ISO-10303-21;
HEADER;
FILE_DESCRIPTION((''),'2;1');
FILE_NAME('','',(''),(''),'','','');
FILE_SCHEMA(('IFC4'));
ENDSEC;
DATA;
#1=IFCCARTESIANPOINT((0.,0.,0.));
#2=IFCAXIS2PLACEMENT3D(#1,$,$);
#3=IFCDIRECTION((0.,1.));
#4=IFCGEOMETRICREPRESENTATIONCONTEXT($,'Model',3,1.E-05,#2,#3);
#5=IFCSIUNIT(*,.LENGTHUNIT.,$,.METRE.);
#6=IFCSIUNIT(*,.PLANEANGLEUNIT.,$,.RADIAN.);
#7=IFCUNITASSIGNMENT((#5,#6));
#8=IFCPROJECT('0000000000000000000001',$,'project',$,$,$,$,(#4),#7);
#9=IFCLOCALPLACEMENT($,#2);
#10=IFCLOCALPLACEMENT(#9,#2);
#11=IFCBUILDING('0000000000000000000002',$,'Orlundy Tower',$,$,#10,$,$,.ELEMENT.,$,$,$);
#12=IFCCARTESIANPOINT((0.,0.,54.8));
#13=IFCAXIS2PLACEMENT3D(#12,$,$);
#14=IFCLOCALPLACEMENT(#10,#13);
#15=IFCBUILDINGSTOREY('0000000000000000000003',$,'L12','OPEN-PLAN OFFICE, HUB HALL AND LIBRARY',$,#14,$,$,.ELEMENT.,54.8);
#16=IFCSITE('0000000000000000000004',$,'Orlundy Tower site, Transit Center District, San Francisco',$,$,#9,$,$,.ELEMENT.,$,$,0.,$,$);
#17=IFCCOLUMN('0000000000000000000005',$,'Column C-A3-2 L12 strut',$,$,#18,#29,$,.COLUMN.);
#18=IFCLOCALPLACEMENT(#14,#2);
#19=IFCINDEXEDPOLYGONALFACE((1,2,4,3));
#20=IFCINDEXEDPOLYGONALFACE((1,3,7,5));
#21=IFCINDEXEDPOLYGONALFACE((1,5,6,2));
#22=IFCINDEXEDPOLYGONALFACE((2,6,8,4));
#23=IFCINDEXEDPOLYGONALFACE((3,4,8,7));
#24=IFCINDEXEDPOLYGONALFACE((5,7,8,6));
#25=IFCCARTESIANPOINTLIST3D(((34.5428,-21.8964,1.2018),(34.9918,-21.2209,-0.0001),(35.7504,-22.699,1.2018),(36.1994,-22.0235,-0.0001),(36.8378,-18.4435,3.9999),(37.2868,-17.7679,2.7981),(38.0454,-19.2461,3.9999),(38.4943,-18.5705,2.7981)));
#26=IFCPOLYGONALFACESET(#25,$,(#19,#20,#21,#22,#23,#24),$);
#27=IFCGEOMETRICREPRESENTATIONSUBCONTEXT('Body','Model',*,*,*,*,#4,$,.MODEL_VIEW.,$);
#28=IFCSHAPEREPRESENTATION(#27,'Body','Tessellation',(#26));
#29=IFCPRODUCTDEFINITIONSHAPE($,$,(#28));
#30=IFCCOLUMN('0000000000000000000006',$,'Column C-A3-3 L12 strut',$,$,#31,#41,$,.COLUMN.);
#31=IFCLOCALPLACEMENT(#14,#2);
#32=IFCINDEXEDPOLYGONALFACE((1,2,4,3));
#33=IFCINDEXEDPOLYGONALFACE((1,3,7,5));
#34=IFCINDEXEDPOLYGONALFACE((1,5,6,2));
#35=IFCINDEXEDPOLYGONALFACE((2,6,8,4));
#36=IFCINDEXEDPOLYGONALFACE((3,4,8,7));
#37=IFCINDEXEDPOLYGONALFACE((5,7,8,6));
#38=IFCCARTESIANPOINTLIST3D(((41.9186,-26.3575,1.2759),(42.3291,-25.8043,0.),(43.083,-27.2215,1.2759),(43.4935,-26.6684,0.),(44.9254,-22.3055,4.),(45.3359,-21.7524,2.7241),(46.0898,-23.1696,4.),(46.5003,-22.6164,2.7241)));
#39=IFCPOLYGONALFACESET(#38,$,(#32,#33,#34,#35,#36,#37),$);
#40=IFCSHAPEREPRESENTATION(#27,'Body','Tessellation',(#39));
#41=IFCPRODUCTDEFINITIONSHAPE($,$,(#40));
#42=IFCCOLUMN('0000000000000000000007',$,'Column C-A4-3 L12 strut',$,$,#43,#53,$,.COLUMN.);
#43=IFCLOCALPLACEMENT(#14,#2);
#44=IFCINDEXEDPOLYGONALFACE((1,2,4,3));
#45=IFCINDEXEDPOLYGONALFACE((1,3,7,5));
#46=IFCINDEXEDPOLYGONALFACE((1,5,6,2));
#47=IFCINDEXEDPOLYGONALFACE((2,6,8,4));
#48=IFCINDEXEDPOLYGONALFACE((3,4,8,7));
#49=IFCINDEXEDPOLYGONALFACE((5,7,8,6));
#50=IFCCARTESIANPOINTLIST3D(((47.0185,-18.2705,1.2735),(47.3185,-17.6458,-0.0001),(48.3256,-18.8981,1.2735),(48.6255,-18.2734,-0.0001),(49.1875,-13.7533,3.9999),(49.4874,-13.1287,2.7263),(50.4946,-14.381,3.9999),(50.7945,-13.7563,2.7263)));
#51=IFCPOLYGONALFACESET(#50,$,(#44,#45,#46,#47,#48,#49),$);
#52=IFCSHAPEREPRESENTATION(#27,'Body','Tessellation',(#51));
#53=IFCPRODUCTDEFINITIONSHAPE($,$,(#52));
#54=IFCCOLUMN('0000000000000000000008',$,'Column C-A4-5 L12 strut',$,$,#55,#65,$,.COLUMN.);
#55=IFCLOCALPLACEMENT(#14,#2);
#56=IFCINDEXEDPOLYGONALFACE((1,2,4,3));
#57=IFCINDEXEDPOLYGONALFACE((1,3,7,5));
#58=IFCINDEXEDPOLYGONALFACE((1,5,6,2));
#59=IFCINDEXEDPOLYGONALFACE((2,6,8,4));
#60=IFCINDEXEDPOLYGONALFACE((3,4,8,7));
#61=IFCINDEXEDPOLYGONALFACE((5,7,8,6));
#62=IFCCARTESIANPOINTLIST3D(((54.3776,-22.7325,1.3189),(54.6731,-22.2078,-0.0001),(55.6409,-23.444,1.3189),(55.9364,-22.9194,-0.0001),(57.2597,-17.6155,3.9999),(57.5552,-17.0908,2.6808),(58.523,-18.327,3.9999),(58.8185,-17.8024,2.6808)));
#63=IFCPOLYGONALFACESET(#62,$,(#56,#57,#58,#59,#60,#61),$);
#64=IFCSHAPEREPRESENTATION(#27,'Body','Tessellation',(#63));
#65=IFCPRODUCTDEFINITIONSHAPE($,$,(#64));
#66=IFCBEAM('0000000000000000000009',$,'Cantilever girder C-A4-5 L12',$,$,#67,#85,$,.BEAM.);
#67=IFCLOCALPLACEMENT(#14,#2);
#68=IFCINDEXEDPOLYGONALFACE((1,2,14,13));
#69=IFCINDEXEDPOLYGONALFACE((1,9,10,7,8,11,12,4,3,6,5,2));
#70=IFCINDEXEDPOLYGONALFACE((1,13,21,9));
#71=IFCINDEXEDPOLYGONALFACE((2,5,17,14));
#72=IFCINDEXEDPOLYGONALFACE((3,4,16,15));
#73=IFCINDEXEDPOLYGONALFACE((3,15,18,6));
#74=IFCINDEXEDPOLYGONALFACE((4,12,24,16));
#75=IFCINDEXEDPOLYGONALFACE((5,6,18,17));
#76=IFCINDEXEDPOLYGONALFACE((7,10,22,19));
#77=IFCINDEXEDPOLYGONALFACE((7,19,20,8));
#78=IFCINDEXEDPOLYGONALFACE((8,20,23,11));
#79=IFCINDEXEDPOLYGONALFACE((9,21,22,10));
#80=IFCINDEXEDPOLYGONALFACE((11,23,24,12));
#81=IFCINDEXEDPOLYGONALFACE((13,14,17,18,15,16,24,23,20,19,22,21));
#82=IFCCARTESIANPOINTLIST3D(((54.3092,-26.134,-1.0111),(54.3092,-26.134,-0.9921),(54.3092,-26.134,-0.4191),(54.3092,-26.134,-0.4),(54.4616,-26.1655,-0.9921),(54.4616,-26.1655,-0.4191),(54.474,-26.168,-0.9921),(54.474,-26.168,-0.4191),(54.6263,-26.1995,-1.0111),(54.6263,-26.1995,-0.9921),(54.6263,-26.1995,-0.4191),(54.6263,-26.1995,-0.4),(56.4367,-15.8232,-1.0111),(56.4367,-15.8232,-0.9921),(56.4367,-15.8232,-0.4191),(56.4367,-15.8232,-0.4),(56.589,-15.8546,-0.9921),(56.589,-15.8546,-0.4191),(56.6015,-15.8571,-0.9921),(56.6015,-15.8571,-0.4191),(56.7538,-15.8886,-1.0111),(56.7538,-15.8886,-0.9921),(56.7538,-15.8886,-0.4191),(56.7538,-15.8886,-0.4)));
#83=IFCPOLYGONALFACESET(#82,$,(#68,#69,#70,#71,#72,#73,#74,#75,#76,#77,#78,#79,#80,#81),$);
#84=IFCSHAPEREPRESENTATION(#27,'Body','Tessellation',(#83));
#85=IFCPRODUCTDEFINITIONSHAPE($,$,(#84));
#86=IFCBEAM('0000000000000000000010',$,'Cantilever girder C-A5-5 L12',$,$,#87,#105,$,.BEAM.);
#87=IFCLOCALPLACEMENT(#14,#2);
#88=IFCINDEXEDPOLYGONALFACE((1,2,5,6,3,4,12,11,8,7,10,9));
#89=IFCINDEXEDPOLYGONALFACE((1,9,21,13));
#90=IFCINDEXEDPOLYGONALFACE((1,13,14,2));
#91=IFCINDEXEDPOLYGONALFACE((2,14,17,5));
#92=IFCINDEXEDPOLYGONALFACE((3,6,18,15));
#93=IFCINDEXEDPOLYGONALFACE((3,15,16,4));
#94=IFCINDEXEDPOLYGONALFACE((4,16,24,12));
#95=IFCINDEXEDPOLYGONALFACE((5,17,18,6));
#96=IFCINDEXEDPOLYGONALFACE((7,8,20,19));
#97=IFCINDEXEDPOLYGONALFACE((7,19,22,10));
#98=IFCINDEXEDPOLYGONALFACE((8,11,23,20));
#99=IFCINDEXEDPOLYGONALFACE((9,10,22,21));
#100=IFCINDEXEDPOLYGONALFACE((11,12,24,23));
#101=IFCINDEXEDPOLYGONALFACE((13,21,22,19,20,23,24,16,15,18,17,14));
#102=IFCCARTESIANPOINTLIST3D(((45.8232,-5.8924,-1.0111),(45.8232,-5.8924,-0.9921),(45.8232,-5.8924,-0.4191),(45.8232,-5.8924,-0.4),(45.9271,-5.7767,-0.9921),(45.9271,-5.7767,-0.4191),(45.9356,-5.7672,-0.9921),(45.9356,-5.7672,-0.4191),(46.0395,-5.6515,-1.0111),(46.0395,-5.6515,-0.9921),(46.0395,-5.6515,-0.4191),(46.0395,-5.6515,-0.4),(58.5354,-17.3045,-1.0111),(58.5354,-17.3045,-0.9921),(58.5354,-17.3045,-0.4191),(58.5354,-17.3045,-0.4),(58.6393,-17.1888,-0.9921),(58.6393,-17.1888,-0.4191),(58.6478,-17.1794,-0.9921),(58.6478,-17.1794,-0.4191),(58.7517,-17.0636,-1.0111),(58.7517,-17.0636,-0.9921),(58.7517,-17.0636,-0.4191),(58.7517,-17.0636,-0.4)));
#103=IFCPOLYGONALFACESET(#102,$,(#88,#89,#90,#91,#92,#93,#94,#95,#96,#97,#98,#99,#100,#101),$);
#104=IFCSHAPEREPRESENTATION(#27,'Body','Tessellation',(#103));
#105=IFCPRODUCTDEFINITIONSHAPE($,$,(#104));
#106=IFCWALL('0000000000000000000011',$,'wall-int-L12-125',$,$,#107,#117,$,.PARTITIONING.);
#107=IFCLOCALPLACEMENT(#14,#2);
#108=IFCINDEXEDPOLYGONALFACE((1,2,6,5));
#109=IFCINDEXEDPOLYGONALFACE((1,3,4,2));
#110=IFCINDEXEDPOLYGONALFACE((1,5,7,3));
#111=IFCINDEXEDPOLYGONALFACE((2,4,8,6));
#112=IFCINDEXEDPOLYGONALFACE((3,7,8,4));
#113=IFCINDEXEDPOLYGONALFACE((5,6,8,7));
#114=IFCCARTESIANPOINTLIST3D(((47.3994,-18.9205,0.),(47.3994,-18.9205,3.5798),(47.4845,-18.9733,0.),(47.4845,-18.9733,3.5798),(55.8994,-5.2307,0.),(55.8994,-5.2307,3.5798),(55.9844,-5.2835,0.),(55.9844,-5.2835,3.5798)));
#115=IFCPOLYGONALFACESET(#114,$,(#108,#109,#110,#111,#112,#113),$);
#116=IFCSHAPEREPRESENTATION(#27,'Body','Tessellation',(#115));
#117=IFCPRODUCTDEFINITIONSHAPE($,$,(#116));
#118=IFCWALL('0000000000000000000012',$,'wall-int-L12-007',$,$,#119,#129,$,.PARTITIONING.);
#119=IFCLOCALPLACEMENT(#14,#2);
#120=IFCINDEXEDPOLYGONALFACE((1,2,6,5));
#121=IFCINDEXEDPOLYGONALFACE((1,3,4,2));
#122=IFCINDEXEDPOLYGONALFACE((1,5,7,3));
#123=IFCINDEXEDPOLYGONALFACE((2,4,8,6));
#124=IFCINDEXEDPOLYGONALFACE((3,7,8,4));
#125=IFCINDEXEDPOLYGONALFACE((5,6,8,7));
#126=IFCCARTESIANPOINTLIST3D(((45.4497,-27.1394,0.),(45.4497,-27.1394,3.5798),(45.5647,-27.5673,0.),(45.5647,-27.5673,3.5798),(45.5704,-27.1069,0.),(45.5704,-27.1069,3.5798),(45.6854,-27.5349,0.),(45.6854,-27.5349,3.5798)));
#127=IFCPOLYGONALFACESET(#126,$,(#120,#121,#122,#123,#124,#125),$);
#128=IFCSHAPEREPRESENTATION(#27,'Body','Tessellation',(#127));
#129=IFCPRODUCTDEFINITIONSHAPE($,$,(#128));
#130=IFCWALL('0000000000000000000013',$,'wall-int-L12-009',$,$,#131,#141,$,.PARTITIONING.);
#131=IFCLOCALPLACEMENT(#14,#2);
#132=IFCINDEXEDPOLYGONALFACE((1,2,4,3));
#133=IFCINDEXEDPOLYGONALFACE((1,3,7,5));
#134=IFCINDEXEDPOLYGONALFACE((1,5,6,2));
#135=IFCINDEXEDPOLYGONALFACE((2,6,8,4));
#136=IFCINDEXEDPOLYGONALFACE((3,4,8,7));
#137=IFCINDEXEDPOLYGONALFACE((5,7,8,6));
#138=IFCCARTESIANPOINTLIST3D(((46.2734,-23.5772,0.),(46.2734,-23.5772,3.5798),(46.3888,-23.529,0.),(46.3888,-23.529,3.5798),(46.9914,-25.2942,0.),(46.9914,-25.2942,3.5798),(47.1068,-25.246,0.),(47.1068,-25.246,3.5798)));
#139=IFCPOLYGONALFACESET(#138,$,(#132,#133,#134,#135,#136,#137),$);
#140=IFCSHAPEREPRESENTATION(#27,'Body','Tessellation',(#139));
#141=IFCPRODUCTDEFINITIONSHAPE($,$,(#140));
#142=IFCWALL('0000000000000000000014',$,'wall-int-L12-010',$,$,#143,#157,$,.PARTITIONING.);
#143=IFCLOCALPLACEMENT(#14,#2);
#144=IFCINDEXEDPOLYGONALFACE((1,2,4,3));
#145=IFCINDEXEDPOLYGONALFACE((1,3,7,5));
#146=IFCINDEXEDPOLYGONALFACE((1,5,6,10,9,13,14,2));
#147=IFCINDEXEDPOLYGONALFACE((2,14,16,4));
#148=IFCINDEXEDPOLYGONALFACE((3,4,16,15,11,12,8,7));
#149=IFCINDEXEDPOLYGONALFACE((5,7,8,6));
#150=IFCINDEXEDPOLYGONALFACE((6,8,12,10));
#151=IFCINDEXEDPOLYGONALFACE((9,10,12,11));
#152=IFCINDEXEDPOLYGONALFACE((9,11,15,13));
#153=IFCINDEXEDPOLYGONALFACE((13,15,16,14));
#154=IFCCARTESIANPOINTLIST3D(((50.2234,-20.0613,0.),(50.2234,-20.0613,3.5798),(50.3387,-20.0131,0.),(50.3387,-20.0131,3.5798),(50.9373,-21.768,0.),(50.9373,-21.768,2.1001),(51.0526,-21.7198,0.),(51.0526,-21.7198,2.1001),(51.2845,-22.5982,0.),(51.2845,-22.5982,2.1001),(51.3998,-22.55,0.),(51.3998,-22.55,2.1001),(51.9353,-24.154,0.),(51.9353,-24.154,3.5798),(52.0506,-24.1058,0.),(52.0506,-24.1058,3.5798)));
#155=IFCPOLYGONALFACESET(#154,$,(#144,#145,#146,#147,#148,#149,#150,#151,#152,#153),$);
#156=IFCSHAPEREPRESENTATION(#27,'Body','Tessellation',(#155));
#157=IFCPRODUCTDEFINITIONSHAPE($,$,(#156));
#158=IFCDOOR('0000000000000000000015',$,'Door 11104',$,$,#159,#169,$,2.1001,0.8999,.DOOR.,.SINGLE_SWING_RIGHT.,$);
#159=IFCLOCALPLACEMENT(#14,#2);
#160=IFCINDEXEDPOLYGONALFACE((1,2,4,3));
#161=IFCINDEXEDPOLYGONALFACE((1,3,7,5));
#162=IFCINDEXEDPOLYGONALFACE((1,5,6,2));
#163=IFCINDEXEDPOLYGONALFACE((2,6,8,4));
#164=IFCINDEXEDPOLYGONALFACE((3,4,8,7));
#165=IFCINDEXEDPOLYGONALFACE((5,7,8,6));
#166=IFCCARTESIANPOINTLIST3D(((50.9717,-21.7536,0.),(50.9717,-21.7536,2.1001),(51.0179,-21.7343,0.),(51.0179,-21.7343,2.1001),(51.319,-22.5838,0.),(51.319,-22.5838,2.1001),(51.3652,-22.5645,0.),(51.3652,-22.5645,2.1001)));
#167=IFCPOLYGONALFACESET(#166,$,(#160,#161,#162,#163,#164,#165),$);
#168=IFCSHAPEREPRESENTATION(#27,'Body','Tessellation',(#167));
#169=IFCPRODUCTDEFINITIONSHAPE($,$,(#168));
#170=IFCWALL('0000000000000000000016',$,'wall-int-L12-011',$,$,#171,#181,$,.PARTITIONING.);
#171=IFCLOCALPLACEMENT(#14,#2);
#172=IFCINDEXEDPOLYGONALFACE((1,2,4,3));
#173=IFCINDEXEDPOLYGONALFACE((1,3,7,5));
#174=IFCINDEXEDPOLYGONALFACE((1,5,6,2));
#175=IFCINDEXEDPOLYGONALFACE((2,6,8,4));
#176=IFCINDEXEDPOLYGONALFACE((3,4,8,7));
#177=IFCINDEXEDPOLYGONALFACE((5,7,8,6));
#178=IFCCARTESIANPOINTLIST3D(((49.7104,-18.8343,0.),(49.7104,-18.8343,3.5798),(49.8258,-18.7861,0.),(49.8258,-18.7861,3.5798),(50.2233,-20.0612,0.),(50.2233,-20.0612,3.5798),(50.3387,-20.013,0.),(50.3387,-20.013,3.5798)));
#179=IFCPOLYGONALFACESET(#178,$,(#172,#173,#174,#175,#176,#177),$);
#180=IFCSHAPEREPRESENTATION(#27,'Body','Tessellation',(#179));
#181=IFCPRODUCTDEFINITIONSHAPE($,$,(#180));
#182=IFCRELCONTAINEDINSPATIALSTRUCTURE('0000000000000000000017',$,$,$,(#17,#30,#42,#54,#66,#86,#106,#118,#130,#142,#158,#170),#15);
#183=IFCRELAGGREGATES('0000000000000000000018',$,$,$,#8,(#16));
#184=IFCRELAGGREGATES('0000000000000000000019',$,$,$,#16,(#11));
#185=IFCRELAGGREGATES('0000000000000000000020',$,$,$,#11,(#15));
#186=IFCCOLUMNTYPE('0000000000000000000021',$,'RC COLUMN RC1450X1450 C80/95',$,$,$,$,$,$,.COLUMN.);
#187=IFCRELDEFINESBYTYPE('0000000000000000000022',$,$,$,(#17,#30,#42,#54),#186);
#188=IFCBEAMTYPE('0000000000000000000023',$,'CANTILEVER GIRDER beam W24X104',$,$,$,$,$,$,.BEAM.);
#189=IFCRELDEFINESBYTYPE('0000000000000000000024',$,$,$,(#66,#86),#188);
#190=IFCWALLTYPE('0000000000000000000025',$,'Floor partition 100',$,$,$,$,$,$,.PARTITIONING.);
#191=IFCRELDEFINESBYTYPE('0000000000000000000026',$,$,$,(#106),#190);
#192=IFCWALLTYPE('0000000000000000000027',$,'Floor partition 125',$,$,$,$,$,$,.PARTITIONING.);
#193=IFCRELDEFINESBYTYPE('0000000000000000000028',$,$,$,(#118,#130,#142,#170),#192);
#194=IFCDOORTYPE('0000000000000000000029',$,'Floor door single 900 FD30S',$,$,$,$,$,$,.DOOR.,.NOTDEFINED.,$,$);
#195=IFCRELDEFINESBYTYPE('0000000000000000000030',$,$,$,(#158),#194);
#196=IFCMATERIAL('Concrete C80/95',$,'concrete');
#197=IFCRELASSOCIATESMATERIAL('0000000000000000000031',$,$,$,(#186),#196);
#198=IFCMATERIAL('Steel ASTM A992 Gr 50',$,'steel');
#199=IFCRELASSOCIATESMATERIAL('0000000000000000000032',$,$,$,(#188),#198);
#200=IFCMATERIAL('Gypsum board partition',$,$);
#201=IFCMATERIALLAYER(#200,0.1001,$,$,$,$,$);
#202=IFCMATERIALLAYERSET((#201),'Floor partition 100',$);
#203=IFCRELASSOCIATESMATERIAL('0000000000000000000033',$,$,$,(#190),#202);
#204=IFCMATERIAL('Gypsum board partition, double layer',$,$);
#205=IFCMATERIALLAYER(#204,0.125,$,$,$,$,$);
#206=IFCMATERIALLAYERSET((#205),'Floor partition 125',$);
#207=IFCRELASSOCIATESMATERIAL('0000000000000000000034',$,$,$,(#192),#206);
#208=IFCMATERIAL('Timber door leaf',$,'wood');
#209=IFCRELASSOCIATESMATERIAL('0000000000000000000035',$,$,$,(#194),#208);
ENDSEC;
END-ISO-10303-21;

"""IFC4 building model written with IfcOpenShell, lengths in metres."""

from ifc_helpers import new_model, si_unit, direction, frame, frame_2d, origin, origin_2d, place, context, subcontext, project, spatial, rectangle, i_section, extrude, material, layer, layer_set, material_profile, profile_set, type_object, element, fill, save


model = new_model("IFC4")

# Units and contexts
model_context = context("Model", 3, precision=1e-05, world=origin(), true_north=direction((0.0, 1.0)))
body_context = subcontext(model_context, "Body", "Model", "MODEL_VIEW")
ifc_project = project(units=[si_unit("LENGTHUNIT", "METRE"), si_unit("PLANEANGLEUNIT", "RADIAN")], contexts=[model_context])

# Site, building, storey
site_placement = place(None, origin())
site = spatial("IfcSite", under=ifc_project, at=site_placement, Name="Orlundy Tower site, Transit Center District, San Francisco", CompositionType="ELEMENT", RefElevation=0.0)
building_placement = place(site_placement, origin())
building = spatial("IfcBuilding", under=site, at=building_placement, Name="Orlundy Tower", CompositionType="ELEMENT")
storey_placement = place(building_placement, frame((0.0, 0.0, 54.8)))
storey = spatial("IfcBuildingStorey", under=building, at=storey_placement, Name="L12", Description="OPEN-PLAN OFFICE, HUB HALL AND LIBRARY", CompositionType="ELEMENT", Elevation=54.8)

# Columns
ifc_material_1 = material(Name="Concrete C80/95", Category="concrete")
ifc_material_profile_1 = material_profile(ifc_material_1, rectangle(XDim=1.45, YDim=1.45, at=origin_2d()), Name="RC1450X1450")
ifc_profile_set_1 = profile_set([ifc_material_profile_1], Name="Concrete C80/95")
column_type = type_object("IfcColumnType", Name="RC COLUMN RC1450X1450 C80/95", PredefinedType="COLUMN", material=ifc_profile_set_1)
column_1_placement = place(storey_placement, frame((35.3711, -21.96, 0.6008), z_axis=(0.458816, 0.690322, 0.559413), x_axis=(-0.832829, 0.553531, 0.0)))
element("IfcColumn", 1, at=column_1_placement, inside=storey, type_object=column_type, Name="Column C-A3-2 L12 strut", PredefinedType="COLUMN", context=body_context, shape_type="SweptSolid", body=[
    extrude(rectangle(XDim=1.45, YDim=1.45, at=origin_2d()), origin(), (0.0, 0.0, 1.0), 5.002),
])
column_2_placement = place(storey_placement, frame((42.7061, -26.5129, 0.6379), z_axis=(0.524372, 0.706642, 0.475069), x_axis=(-0.803049, 0.595912, 0.0)))
element("IfcColumn", 2, at=column_2_placement, inside=storey, type_object=column_type, Name="Column C-A3-3 L12 strut", PredefinedType="COLUMN", context=body_context, shape_type="SweptSolid", body=[
    extrude(rectangle(XDim=1.45, YDim=1.45, at=origin_2d()), origin(), (0.0, 0.0, 1.0), 5.7341),
])
column_3_placement = place(storey_placement, frame((47.822, -18.272, 0.6367), z_axis=(0.380217, 0.791848, 0.477925), x_axis=(-0.901465, 0.432851, 0.0)))
element("IfcColumn", 3, at=column_3_placement, inside=storey, type_object=column_type, Name="Column C-A4-3 L12 strut", PredefinedType="COLUMN", context=body_context, shape_type="SweptSolid", body=[
    extrude(rectangle(XDim=1.45, YDim=1.45, at=origin_2d()), origin(), (0.0, 0.0, 1.0), 5.7046),
])
column_4_placement = place(storey_placement, frame((55.157, -22.8259, 0.6594), z_axis=(0.446436, 0.792617, 0.415274), x_axis=(-0.871299, 0.490753, 0.0)))
element("IfcColumn", 4, at=column_4_placement, inside=storey, type_object=column_type, Name="Column C-A4-5 L12 strut", PredefinedType="COLUMN", context=body_context, shape_type="SweptSolid", body=[
    extrude(rectangle(XDim=1.45, YDim=1.45, at=origin_2d()), origin(), (0.0, 0.0, 1.0), 6.4558),
])

# Beams
ifc_material_2 = material(Name="Steel ASTM A992 Gr 50", Category="steel")
ifc_material_profile_2 = material_profile(ifc_material_2, i_section(OverallWidth=0.3237, OverallDepth=0.6111, WebThickness=0.0127, FlangeThickness=0.019, at=origin_2d()), Name="W24X104")
ifc_profile_set_2 = profile_set([ifc_material_profile_2], Name="Steel ASTM A992 Gr 50")
beam_type = type_object("IfcBeamType", Name="CANTILEVER GIRDER beam W24X104", PredefinedType="BEAM", material=ifc_profile_set_2)
beam_1_placement = place(storey_placement, frame((54.4678, -26.1667, -0.7056), z_axis=(0.202075, 0.97937, 0.0), x_axis=(-0.97937, 0.202075, 0.0)))
element("IfcBeam", 5, at=beam_1_placement, inside=storey, type_object=beam_type, Name="Cantilever girder C-A4-5 L12", PredefinedType="BEAM", context=body_context, shape_type="SweptSolid", body=[
    extrude(i_section(OverallWidth=0.3237, OverallDepth=0.6111, WebThickness=0.0127, FlangeThickness=0.019, at=origin_2d()), origin(), (0.0, 0.0, 1.0), 10.5281),
])
beam_2_placement = place(storey_placement, frame((58.6436, -17.1841, -0.7056), z_axis=(-0.744133, 0.668032, 0.0), x_axis=(-0.668032, -0.744133, 0.0)))
element("IfcBeam", 6, at=beam_2_placement, inside=storey, type_object=beam_type, Name="Cantilever girder C-A5-5 L12", PredefinedType="BEAM", context=body_context, shape_type="SweptSolid", body=[
    extrude(i_section(OverallWidth=0.3237, OverallDepth=0.6111, WebThickness=0.0127, FlangeThickness=0.019, at=origin_2d()), origin(), (0.0, 0.0, 1.0), 17.0833),
])

# Walls
ifc_material_3 = material(Name="Gypsum board partition")
ifc_layer_1 = layer(ifc_material_3, 0.1001)
ifc_layer_set_1 = layer_set([ifc_layer_1], Name="Floor partition 100")
wall_type_1 = type_object("IfcWallType", Name="Floor partition 100", PredefinedType="PARTITIONING", material=ifc_layer_set_1)
wall_1_placement = place(storey_placement, frame((47.4419, -18.947, 0.0), z_axis=(0.0, 0.0, 1.0), x_axis=(0.527488, 0.849562, 0.0)))
element("IfcWall", 7, at=wall_1_placement, inside=storey, type_object=wall_type_1, Name="wall-int-L12-125", PredefinedType="PARTITIONING", context=body_context, shape_type="SweptSolid", body=[
    extrude(rectangle(XDim=16.114, YDim=0.1001, at=frame_2d((8.0571, 0.0))), origin(), (0.0, 0.0, 1.0), 3.5798),
])
ifc_material_4 = material(Name="Gypsum board partition, double layer")
ifc_layer_2 = layer(ifc_material_4, 0.125)
ifc_layer_set_2 = layer_set([ifc_layer_2], Name="Floor partition 125")
wall_type_2 = type_object("IfcWallType", Name="Floor partition 125", PredefinedType="PARTITIONING", material=ifc_layer_set_2)
wall_2_placement = place(storey_placement, frame((45.51, -27.123, 0.0), z_axis=(0.0, 0.0, 1.0), x_axis=(0.25948, -0.965749, 0.0)))
element("IfcWall", 8, at=wall_2_placement, inside=storey, type_object=wall_type_2, Name="wall-int-L12-007", PredefinedType="PARTITIONING", context=body_context, shape_type="SweptSolid", body=[
    extrude(rectangle(XDim=0.4431, YDim=0.125, at=frame_2d((0.2217, 0.0))), origin(), (0.0, 0.0, 1.0), 3.5798),
])
wall_3_placement = place(storey_placement, frame((46.3311, -23.553, 0.0), z_axis=(0.0, 0.0, 1.0), x_axis=(0.385798, -0.922583, 0.0)))
element("IfcWall", 9, at=wall_3_placement, inside=storey, type_object=wall_type_2, Name="wall-int-L12-009", PredefinedType="PARTITIONING", context=body_context, shape_type="SweptSolid", body=[
    extrude(rectangle(XDim=1.8611, YDim=0.125, at=frame_2d((0.9307, 0.0))), origin(), (0.0, 0.0, 1.0), 3.5798),
])

# Wall, opening, door
wall_4_placement = place(storey_placement, frame((50.281, -20.0371, 0.0), z_axis=(0.0, 0.0, 1.0), x_axis=(0.385881, -0.922549, 0.0)))
wall_4 = element("IfcWall", 10, at=wall_4_placement, inside=storey, type_object=wall_type_2, Name="wall-int-L12-010", PredefinedType="PARTITIONING", context=body_context, shape_type="SweptSolid", body=[
    extrude(rectangle(XDim=4.4363, YDim=0.125, at=frame_2d((2.2183, 0.0))), origin(), (0.0, 0.0, 1.0), 3.5798),
])
opening_1_placement = place(wall_4_placement, frame((1.8501, 0.0, 0.0)))
opening_1 = element("IfcOpeningElement", 11, at=opening_1_placement, cuts=wall_4, PredefinedType="OPENING", context=body_context, shape_type="SweptSolid", body=[
    extrude(rectangle(XDim=0.8999, YDim=2.1001, at=frame_2d((0.45, 1.05))), frame((0.0, 0.0725, 0.0), z_axis=(0.0, -1.0, 0.0), x_axis=(1.0, 0.0, 0.0)), (0.0, 0.0, 1.0), 0.145),
])
ifc_material_5 = material(Name="Timber door leaf", Category="wood")
door_type_1 = type_object("IfcDoorType", Name="Floor door single 900 FD30S", OperationType="NOTDEFINED", PredefinedType="DOOR", material=ifc_material_5)
door_1_placement = place(opening_1_placement, origin())
door_1 = element("IfcDoor", 12, at=door_1_placement, inside=storey, type_object=door_type_1, Name="Door 11104", OperationType="SINGLE_SWING_RIGHT", OverallHeight=2.1001, OverallWidth=0.8999, PredefinedType="DOOR", context=body_context, shape_type="SweptSolid", body=[
    extrude(rectangle(XDim=0.8999, YDim=2.1001, at=frame_2d((0.45, 1.05))), frame((0.0, 0.0249, 0.0), z_axis=(0.0, -1.0, 0.0), x_axis=(1.0, 0.0, 0.0)), (0.0, 0.0, 1.0), 0.05),
])
fill(opening_1, door_1)

# Wall
wall_5_placement = place(storey_placement, frame((49.7681, -18.8101, 0.0), z_axis=(0.0, 0.0, 1.0), x_axis=(0.385684, -0.922631, 0.0)))
element("IfcWall", 13, at=wall_5_placement, inside=storey, type_object=wall_type_2, Name="wall-int-L12-011", PredefinedType="PARTITIONING", context=body_context, shape_type="SweptSolid", body=[
    extrude(rectangle(XDim=1.3298, YDim=0.125, at=frame_2d((0.665, 0.0))), origin(), (0.0, 0.0, 1.0), 3.5798),
])

save(model, "model.ifc")
